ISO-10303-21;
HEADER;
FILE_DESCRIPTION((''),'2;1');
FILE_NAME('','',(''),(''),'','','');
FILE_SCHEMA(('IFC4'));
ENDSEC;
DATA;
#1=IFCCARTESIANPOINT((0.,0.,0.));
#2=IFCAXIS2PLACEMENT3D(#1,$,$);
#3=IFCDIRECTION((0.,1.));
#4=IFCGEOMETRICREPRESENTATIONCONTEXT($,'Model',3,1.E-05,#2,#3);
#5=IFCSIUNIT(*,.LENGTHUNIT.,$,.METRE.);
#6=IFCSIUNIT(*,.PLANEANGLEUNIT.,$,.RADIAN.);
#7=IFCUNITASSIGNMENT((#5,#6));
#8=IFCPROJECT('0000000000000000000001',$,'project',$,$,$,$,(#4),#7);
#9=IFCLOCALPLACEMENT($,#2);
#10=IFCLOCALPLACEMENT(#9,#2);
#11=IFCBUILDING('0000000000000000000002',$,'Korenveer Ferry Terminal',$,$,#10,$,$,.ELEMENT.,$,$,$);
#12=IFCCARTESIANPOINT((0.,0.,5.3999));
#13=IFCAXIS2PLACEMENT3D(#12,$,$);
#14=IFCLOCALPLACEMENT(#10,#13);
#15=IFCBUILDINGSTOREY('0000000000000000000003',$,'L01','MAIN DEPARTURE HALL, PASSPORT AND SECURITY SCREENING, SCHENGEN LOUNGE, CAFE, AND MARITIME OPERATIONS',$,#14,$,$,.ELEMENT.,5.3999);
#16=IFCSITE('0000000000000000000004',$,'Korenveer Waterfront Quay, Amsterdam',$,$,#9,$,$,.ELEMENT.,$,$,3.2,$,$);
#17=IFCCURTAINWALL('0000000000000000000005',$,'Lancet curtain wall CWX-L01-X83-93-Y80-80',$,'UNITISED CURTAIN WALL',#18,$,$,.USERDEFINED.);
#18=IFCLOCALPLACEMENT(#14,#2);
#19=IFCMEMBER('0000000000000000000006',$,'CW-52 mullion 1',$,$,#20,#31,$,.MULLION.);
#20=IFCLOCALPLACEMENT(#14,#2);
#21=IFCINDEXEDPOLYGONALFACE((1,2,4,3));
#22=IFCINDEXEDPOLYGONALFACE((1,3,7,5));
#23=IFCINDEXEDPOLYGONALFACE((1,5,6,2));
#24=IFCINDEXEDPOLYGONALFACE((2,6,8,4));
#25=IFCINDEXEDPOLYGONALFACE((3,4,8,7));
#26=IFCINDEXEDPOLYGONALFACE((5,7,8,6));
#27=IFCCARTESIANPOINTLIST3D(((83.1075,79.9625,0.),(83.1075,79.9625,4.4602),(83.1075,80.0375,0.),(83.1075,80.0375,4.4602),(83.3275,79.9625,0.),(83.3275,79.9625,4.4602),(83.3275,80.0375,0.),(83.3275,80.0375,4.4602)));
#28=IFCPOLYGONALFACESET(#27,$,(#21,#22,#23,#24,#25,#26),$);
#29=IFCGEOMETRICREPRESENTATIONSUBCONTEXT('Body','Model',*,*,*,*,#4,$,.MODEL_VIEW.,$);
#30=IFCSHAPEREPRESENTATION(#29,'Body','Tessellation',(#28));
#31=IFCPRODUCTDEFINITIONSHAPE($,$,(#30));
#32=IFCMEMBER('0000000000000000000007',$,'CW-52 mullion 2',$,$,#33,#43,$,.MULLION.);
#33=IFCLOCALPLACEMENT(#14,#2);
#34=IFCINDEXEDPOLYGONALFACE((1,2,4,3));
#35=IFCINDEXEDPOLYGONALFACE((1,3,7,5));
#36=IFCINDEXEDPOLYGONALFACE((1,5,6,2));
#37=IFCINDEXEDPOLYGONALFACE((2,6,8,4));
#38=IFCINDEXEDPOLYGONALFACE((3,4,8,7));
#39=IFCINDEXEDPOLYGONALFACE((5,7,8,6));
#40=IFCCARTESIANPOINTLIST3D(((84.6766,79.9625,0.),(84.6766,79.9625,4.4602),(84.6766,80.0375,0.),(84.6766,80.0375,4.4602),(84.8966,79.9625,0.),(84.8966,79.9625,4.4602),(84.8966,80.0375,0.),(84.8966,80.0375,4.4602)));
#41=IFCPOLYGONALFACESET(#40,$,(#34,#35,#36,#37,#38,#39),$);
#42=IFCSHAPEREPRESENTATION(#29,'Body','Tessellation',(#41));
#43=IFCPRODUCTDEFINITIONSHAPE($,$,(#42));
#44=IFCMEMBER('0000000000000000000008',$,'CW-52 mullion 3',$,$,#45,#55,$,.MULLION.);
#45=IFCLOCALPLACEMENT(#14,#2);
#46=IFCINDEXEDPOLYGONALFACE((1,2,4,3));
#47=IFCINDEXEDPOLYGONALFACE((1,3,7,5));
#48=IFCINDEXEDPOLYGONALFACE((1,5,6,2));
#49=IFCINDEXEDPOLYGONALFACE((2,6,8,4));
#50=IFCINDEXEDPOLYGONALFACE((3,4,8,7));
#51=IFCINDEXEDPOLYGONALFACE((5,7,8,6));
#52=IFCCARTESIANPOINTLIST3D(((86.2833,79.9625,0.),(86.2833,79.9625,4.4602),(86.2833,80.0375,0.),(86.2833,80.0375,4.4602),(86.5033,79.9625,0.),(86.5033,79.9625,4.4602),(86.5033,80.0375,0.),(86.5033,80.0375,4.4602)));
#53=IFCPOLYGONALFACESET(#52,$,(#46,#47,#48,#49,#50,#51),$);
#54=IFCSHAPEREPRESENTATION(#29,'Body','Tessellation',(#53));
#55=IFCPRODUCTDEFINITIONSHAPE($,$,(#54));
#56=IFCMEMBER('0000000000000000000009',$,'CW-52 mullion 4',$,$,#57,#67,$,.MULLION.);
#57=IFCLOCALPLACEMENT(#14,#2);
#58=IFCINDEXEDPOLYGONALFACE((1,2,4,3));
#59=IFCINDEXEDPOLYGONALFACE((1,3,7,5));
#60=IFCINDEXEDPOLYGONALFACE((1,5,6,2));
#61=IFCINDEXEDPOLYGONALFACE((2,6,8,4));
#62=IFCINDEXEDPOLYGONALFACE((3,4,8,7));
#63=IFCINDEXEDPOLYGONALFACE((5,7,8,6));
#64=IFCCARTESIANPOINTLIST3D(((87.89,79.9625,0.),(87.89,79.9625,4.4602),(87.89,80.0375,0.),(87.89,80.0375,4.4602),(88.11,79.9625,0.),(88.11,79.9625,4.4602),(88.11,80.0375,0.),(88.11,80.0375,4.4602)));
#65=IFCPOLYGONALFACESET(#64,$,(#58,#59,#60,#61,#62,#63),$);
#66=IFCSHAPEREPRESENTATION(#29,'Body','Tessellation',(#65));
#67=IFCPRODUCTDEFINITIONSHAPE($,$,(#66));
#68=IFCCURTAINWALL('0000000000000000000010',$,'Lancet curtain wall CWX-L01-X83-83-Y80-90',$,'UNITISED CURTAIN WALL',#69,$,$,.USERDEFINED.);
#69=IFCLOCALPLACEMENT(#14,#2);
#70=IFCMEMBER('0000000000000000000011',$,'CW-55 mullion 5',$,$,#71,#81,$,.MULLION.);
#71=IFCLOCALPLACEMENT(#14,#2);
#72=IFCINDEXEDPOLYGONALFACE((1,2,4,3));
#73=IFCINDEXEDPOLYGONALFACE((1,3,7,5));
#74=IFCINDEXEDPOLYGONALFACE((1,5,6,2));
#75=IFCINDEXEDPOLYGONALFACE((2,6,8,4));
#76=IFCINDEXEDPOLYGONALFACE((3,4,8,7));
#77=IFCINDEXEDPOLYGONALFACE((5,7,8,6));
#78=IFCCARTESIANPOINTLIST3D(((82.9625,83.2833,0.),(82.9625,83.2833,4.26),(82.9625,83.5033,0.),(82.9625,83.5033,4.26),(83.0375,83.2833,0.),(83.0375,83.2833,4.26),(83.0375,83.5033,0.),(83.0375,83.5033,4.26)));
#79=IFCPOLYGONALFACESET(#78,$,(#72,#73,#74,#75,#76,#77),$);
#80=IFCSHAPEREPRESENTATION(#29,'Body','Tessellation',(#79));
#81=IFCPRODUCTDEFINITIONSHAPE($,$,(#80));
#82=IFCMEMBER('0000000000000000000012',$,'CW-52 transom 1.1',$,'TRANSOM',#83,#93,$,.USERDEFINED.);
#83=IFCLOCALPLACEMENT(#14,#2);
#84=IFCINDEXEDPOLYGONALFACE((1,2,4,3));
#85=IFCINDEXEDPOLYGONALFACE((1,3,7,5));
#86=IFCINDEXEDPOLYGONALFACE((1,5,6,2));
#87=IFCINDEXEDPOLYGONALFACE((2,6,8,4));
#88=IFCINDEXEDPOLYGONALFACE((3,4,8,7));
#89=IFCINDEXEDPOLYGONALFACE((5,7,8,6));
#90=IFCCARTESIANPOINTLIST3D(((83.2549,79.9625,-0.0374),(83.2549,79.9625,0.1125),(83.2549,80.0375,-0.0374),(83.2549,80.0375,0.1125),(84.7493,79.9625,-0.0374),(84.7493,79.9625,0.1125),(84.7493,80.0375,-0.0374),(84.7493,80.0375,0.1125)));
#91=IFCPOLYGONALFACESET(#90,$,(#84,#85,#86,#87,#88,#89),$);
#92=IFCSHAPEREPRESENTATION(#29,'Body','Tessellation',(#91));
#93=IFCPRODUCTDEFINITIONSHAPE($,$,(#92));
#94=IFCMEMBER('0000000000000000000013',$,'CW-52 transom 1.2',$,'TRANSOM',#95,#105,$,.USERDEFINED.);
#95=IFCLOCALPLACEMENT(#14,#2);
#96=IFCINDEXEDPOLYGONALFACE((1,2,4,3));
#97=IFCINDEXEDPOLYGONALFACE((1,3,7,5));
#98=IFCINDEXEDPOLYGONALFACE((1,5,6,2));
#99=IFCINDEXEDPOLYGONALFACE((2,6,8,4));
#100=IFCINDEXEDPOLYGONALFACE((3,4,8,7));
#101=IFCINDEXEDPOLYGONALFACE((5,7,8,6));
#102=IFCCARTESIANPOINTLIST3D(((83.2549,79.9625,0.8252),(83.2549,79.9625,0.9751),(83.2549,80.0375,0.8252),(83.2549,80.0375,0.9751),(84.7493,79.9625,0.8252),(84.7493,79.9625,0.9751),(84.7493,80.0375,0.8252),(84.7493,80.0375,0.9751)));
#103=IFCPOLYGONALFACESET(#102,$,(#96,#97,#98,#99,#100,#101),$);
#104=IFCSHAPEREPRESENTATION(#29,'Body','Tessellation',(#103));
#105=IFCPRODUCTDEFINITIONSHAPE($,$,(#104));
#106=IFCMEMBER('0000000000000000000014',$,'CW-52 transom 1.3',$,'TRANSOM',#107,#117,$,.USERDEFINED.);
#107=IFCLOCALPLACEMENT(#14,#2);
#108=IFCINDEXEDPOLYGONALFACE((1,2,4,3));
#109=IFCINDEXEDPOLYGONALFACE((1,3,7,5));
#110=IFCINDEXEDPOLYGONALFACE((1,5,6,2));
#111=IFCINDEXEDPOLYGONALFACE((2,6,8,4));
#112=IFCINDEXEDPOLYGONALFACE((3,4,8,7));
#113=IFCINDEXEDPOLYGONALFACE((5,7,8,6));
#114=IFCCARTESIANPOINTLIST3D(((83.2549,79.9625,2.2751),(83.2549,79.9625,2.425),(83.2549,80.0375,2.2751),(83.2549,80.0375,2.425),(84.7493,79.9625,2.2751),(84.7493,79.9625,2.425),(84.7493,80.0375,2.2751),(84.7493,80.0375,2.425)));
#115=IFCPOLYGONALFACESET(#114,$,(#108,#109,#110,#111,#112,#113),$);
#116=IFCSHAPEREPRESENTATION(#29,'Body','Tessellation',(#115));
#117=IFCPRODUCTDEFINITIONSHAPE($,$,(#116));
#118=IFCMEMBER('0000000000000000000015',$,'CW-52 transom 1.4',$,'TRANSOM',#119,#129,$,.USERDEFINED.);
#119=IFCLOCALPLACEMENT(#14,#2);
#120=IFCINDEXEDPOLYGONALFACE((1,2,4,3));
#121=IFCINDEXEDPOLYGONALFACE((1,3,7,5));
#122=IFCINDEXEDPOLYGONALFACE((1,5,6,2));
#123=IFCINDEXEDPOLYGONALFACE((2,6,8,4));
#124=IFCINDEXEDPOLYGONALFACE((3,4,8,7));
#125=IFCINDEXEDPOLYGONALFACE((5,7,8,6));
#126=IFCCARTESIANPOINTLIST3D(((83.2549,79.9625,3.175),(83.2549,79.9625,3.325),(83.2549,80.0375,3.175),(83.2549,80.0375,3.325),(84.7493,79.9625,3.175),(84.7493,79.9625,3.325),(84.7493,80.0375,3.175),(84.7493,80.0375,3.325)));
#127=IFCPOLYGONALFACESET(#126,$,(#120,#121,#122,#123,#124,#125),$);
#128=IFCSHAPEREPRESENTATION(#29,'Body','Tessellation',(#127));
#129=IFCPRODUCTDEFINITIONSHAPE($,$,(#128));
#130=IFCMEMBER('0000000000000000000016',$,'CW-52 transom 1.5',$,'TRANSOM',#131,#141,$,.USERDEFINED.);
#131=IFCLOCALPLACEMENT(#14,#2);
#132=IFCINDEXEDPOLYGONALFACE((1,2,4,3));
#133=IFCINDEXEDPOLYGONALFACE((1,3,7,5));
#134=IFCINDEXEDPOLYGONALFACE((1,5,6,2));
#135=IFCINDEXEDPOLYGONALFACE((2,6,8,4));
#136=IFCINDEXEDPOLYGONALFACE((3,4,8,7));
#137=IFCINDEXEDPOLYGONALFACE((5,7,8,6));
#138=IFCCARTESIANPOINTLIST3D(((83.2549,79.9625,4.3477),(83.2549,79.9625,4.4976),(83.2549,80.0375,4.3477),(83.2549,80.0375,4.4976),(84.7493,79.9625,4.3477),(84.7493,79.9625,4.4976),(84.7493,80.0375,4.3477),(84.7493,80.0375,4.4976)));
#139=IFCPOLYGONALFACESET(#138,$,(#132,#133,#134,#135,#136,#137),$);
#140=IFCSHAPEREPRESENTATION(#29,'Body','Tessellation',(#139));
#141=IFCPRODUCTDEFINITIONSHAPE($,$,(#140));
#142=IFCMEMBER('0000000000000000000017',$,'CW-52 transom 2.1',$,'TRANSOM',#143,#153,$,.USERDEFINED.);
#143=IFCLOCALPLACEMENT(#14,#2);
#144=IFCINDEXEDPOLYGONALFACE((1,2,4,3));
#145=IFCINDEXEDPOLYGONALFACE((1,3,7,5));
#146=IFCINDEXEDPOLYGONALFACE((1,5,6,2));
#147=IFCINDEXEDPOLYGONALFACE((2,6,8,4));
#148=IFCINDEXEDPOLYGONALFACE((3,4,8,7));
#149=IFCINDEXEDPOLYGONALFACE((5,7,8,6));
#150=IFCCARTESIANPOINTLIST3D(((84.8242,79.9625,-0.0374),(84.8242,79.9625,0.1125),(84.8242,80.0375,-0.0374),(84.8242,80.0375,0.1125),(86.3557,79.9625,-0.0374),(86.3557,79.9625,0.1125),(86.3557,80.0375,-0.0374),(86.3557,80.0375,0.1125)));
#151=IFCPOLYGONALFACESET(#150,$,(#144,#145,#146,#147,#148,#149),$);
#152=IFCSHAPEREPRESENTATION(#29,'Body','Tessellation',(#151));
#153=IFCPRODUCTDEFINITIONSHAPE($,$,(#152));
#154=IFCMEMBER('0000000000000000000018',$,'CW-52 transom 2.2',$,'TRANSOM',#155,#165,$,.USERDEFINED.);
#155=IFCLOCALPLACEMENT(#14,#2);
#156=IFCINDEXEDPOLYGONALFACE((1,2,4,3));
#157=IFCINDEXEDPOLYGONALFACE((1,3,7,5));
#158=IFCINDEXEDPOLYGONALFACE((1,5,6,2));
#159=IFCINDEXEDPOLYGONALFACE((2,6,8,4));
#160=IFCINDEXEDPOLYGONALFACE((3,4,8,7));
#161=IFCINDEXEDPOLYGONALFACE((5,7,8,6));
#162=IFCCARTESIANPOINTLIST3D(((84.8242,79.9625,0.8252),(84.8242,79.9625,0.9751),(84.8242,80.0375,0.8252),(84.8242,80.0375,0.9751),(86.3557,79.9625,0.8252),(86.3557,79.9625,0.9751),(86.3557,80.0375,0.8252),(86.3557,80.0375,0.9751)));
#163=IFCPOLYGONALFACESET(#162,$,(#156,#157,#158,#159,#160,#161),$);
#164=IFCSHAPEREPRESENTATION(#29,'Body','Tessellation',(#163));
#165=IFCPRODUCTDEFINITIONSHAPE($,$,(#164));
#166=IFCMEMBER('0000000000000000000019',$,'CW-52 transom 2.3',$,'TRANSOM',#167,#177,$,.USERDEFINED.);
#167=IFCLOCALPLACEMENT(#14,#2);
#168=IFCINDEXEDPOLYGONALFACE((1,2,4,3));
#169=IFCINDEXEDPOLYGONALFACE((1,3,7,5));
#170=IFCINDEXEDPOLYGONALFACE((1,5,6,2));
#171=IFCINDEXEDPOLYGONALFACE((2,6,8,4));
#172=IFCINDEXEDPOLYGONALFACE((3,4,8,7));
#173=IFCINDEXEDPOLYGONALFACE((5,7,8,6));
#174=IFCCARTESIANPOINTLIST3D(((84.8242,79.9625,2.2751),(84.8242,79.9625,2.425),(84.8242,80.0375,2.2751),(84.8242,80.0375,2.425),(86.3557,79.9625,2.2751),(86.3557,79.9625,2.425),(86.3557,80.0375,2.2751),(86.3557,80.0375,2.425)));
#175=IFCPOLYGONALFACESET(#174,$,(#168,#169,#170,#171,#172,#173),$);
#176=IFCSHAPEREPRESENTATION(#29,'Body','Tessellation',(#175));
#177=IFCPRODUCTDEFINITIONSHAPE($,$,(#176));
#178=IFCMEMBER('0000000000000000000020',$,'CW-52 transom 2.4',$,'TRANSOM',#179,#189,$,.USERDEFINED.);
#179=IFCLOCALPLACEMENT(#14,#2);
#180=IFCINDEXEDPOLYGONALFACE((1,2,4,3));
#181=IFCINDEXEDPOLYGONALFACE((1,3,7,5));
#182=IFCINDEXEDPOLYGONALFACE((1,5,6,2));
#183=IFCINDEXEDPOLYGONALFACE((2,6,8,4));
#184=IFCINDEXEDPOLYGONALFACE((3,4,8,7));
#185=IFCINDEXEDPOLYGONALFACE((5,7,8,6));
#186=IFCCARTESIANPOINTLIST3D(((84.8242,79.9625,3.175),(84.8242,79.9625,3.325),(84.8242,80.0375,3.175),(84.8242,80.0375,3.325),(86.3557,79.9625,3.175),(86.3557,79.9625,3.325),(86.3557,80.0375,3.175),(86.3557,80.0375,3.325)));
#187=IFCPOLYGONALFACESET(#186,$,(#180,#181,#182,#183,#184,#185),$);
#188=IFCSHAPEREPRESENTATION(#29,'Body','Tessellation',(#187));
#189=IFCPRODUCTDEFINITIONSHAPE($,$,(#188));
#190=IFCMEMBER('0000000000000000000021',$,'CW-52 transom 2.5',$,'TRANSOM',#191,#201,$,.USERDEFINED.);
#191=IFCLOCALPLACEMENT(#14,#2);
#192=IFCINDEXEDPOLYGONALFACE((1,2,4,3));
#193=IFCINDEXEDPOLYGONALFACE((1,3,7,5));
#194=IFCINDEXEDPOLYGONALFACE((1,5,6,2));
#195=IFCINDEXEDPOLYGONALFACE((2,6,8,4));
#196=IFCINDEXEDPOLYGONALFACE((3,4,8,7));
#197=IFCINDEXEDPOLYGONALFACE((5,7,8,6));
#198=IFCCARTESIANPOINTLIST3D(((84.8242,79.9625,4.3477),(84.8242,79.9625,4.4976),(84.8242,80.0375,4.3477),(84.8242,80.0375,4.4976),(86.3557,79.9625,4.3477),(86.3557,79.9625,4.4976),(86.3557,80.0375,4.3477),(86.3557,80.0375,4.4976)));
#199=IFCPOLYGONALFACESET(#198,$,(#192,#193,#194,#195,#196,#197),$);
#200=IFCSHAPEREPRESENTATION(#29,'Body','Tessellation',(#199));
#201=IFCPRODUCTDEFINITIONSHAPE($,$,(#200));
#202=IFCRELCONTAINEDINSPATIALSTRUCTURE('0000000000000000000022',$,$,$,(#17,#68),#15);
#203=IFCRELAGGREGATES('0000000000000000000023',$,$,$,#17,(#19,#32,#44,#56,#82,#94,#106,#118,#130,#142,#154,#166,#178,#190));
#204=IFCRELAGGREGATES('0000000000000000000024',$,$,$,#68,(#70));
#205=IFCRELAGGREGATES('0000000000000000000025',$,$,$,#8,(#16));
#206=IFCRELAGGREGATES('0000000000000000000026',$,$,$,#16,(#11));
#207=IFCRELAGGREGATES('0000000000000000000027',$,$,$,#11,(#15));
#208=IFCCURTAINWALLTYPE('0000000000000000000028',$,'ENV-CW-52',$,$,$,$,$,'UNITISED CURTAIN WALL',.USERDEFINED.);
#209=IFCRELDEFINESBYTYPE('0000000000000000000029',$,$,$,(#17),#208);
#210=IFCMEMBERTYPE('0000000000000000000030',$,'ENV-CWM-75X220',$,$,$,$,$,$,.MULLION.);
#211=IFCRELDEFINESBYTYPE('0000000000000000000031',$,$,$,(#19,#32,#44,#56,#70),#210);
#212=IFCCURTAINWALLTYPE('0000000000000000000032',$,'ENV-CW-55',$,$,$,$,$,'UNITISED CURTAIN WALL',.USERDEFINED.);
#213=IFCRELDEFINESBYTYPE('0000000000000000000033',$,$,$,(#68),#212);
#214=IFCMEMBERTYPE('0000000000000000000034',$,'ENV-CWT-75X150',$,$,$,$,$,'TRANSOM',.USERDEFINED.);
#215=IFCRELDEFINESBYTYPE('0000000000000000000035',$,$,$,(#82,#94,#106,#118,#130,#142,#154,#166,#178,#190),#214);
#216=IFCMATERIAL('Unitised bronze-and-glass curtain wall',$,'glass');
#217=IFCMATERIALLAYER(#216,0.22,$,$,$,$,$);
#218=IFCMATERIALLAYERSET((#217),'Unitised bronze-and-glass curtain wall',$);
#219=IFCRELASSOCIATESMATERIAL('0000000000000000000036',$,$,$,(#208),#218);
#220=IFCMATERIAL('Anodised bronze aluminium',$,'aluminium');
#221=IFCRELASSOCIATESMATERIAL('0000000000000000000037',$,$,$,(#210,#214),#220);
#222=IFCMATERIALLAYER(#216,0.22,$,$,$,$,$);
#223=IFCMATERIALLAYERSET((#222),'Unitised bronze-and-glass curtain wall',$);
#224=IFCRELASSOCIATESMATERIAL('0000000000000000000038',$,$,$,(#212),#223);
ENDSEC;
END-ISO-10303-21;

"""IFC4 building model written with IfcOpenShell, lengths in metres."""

from ifc_helpers import new_model, si_unit, direction, frame, origin, origin_2d, place, context, subcontext, project, spatial, rectangle, extrude, material, layer, layer_set, material_profile, profile_set, type_object, element, aggregate, save


model = new_model("IFC4")

# Units and contexts
model_context = context("Model", 3, precision=1e-05, world=origin(), true_north=direction((0.0, 1.0)))
body_context = subcontext(model_context, "Body", "Model", "MODEL_VIEW")
ifc_project = project(units=[si_unit("LENGTHUNIT", "METRE"), si_unit("PLANEANGLEUNIT", "RADIAN")], contexts=[model_context])

# Site, building, storey
site_placement = place(None, origin())
site = spatial("IfcSite", under=ifc_project, at=site_placement, Name="Korenveer Waterfront Quay, Amsterdam", CompositionType="ELEMENT", RefElevation=3.2)
building_placement = place(site_placement, origin())
building = spatial("IfcBuilding", under=site, at=building_placement, Name="Korenveer Ferry Terminal", CompositionType="ELEMENT")
storey_placement = place(building_placement, frame((0.0, 0.0, 5.3999)))
storey = spatial("IfcBuildingStorey", under=building, at=storey_placement, Name="L01", Description="MAIN DEPARTURE HALL, PASSPORT AND SECURITY SCREENING, SCHENGEN LOUNGE, CAFE, AND MARITIME OPERATIONS", CompositionType="ELEMENT", Elevation=5.3999)

# Curtain wall, members
ifc_material_1 = material(Name="Unitised bronze-and-glass curtain wall", Category="glass")
ifc_layer_1 = layer(ifc_material_1, 0.22)
ifc_layer_set_1 = layer_set([ifc_layer_1], Name="Unitised bronze-and-glass curtain wall")
curtain_wall_type_1 = type_object("IfcCurtainWallType", Name="ENV-CW-52", ElementType="UNITISED CURTAIN WALL", PredefinedType="USERDEFINED", material=ifc_layer_set_1)
curtain_wall_1_placement = place(storey_placement, frame((83.1799, 80.0, 0.0)))
curtain_wall_1 = element("IfcCurtainWall", 1, at=curtain_wall_1_placement, inside=storey, type_object=curtain_wall_type_1, Name="Lancet curtain wall CWX-L01-X83-93-Y80-80", ObjectType="UNITISED CURTAIN WALL", PredefinedType="USERDEFINED")
ifc_material_2 = material(Name="Anodised bronze aluminium", Category="aluminium")
ifc_material_profile_1 = material_profile(ifc_material_2, rectangle(XDim=0.075, YDim=0.22, at=origin_2d()), Name="ALU 75x220")
ifc_profile_set_1 = profile_set([ifc_material_profile_1], Name="Anodised bronze aluminium")
member_type_1 = type_object("IfcMemberType", Name="ENV-CWM-75X220", PredefinedType="MULLION", material=ifc_profile_set_1)
member_1_placement = place(storey_placement, frame((83.2175, 80.0, 0.0), z_axis=(0.0, 0.0, 1.0), x_axis=(0.0, 1.0, 0.0)))
member_1 = element("IfcMember", 2, at=member_1_placement, type_object=member_type_1, Name="CW-52 mullion 1", PredefinedType="MULLION", context=body_context, shape_type="SweptSolid", body=[
    extrude(rectangle(XDim=0.075, YDim=0.22, at=origin_2d()), origin(), (0.0, 0.0, 1.0), 4.4602),
])
member_2_placement = place(storey_placement, frame((84.7866, 80.0, 0.0), z_axis=(0.0, 0.0, 1.0), x_axis=(0.0, 1.0, 0.0)))
member_2 = element("IfcMember", 3, at=member_2_placement, type_object=member_type_1, Name="CW-52 mullion 2", PredefinedType="MULLION", context=body_context, shape_type="SweptSolid", body=[
    extrude(rectangle(XDim=0.075, YDim=0.22, at=origin_2d()), origin(), (0.0, 0.0, 1.0), 4.4602),
])
member_3_placement = place(storey_placement, frame((86.3933, 80.0, 0.0), z_axis=(0.0, 0.0, 1.0), x_axis=(0.0, 1.0, 0.0)))
member_3 = element("IfcMember", 4, at=member_3_placement, type_object=member_type_1, Name="CW-52 mullion 3", PredefinedType="MULLION", context=body_context, shape_type="SweptSolid", body=[
    extrude(rectangle(XDim=0.075, YDim=0.22, at=origin_2d()), origin(), (0.0, 0.0, 1.0), 4.4602),
])
member_4_placement = place(storey_placement, frame((88.0, 80.0, 0.0), z_axis=(0.0, 0.0, 1.0), x_axis=(0.0, 1.0, 0.0)))
member_4 = element("IfcMember", 5, at=member_4_placement, type_object=member_type_1, Name="CW-52 mullion 4", PredefinedType="MULLION", context=body_context, shape_type="SweptSolid", body=[
    extrude(rectangle(XDim=0.075, YDim=0.22, at=origin_2d()), origin(), (0.0, 0.0, 1.0), 4.4602),
])

# Curtain wall, member
ifc_layer_2 = layer(ifc_material_1, 0.22)
ifc_layer_set_2 = layer_set([ifc_layer_2], Name="Unitised bronze-and-glass curtain wall")
curtain_wall_type_2 = type_object("IfcCurtainWallType", Name="ENV-CW-55", ElementType="UNITISED CURTAIN WALL", PredefinedType="USERDEFINED", material=ifc_layer_set_2)
curtain_wall_2_placement = place(storey_placement, frame((83.0, 89.8201, 0.0)))
curtain_wall_2 = element("IfcCurtainWall", 6, at=curtain_wall_2_placement, inside=storey, type_object=curtain_wall_type_2, Name="Lancet curtain wall CWX-L01-X83-83-Y80-90", ObjectType="UNITISED CURTAIN WALL", PredefinedType="USERDEFINED")
member_5_placement = place(storey_placement, frame((83.0, 83.3933, 0.0), z_axis=(0.0, 0.0, 1.0), x_axis=(1.0, 0.0, 0.0)))
member_5 = element("IfcMember", 7, at=member_5_placement, type_object=member_type_1, Name="CW-55 mullion 5", PredefinedType="MULLION", context=body_context, shape_type="SweptSolid", body=[
    extrude(rectangle(XDim=0.075, YDim=0.22, at=origin_2d()), origin(), (0.0, 0.0, 1.0), 4.26),
])

# Members
ifc_material_profile_2 = material_profile(ifc_material_2, rectangle(XDim=0.075, YDim=0.1499, at=origin_2d()), Name="ALU 75x150")
ifc_profile_set_2 = profile_set([ifc_material_profile_2], Name="Anodised bronze aluminium")
member_type_2 = type_object("IfcMemberType", Name="ENV-CWT-75X150", ElementType="TRANSOM", PredefinedType="USERDEFINED", material=ifc_profile_set_2)
member_6_placement = place(storey_placement, frame((83.2549, 80.0, 0.0376), z_axis=(1.0, 0.0, 0.0), x_axis=(0.0, 1.0, 0.0)))
member_6 = element("IfcMember", 8, at=member_6_placement, type_object=member_type_2, Name="CW-52 transom 1.1", ObjectType="TRANSOM", PredefinedType="USERDEFINED", context=body_context, shape_type="SweptSolid", body=[
    extrude(rectangle(XDim=0.075, YDim=0.1499, at=origin_2d()), origin(), (0.0, 0.0, 1.0), 1.4944),
])
member_7_placement = place(storey_placement, frame((83.2549, 80.0, 0.9001), z_axis=(1.0, 0.0, 0.0), x_axis=(0.0, 1.0, 0.0)))
member_7 = element("IfcMember", 9, at=member_7_placement, type_object=member_type_2, Name="CW-52 transom 1.2", ObjectType="TRANSOM", PredefinedType="USERDEFINED", context=body_context, shape_type="SweptSolid", body=[
    extrude(rectangle(XDim=0.075, YDim=0.1499, at=origin_2d()), origin(), (0.0, 0.0, 1.0), 1.4944),
])
member_8_placement = place(storey_placement, frame((83.2549, 80.0, 2.3501), z_axis=(1.0, 0.0, 0.0), x_axis=(0.0, 1.0, 0.0)))
member_8 = element("IfcMember", 10, at=member_8_placement, type_object=member_type_2, Name="CW-52 transom 1.3", ObjectType="TRANSOM", PredefinedType="USERDEFINED", context=body_context, shape_type="SweptSolid", body=[
    extrude(rectangle(XDim=0.075, YDim=0.1499, at=origin_2d()), origin(), (0.0, 0.0, 1.0), 1.4944),
])
member_9_placement = place(storey_placement, frame((83.2549, 80.0, 3.25), z_axis=(1.0, 0.0, 0.0), x_axis=(0.0, 1.0, 0.0)))
member_9 = element("IfcMember", 11, at=member_9_placement, type_object=member_type_2, Name="CW-52 transom 1.4", ObjectType="TRANSOM", PredefinedType="USERDEFINED", context=body_context, shape_type="SweptSolid", body=[
    extrude(rectangle(XDim=0.075, YDim=0.1499, at=origin_2d()), origin(), (0.0, 0.0, 1.0), 1.4944),
])
member_10_placement = place(storey_placement, frame((83.2549, 80.0, 4.4226), z_axis=(1.0, 0.0, 0.0), x_axis=(0.0, 1.0, 0.0)))
member_10 = element("IfcMember", 12, at=member_10_placement, type_object=member_type_2, Name="CW-52 transom 1.5", ObjectType="TRANSOM", PredefinedType="USERDEFINED", context=body_context, shape_type="SweptSolid", body=[
    extrude(rectangle(XDim=0.075, YDim=0.1499, at=origin_2d()), origin(), (0.0, 0.0, 1.0), 1.4944),
])
member_11_placement = place(storey_placement, frame((84.8242, 80.0, 0.0376), z_axis=(1.0, 0.0, 0.0), x_axis=(0.0, 1.0, 0.0)))
member_11 = element("IfcMember", 13, at=member_11_placement, type_object=member_type_2, Name="CW-52 transom 2.1", ObjectType="TRANSOM", PredefinedType="USERDEFINED", context=body_context, shape_type="SweptSolid", body=[
    extrude(rectangle(XDim=0.075, YDim=0.1499, at=origin_2d()), origin(), (0.0, 0.0, 1.0), 1.5315),
])
member_12_placement = place(storey_placement, frame((84.8242, 80.0, 0.9001), z_axis=(1.0, 0.0, 0.0), x_axis=(0.0, 1.0, 0.0)))
member_12 = element("IfcMember", 14, at=member_12_placement, type_object=member_type_2, Name="CW-52 transom 2.2", ObjectType="TRANSOM", PredefinedType="USERDEFINED", context=body_context, shape_type="SweptSolid", body=[
    extrude(rectangle(XDim=0.075, YDim=0.1499, at=origin_2d()), origin(), (0.0, 0.0, 1.0), 1.5315),
])
member_13_placement = place(storey_placement, frame((84.8242, 80.0, 2.3501), z_axis=(1.0, 0.0, 0.0), x_axis=(0.0, 1.0, 0.0)))
member_13 = element("IfcMember", 15, at=member_13_placement, type_object=member_type_2, Name="CW-52 transom 2.3", ObjectType="TRANSOM", PredefinedType="USERDEFINED", context=body_context, shape_type="SweptSolid", body=[
    extrude(rectangle(XDim=0.075, YDim=0.1499, at=origin_2d()), origin(), (0.0, 0.0, 1.0), 1.5315),
])
member_14_placement = place(storey_placement, frame((84.8242, 80.0, 3.25), z_axis=(1.0, 0.0, 0.0), x_axis=(0.0, 1.0, 0.0)))
member_14 = element("IfcMember", 16, at=member_14_placement, type_object=member_type_2, Name="CW-52 transom 2.4", ObjectType="TRANSOM", PredefinedType="USERDEFINED", context=body_context, shape_type="SweptSolid", body=[
    extrude(rectangle(XDim=0.075, YDim=0.1499, at=origin_2d()), origin(), (0.0, 0.0, 1.0), 1.5315),
])
member_15_placement = place(storey_placement, frame((84.8242, 80.0, 4.4226), z_axis=(1.0, 0.0, 0.0), x_axis=(0.0, 1.0, 0.0)))
member_15 = element("IfcMember", 17, at=member_15_placement, type_object=member_type_2, Name="CW-52 transom 2.5", ObjectType="TRANSOM", PredefinedType="USERDEFINED", context=body_context, shape_type="SweptSolid", body=[
    extrude(rectangle(XDim=0.075, YDim=0.1499, at=origin_2d()), origin(), (0.0, 0.0, 1.0), 1.5315),
])

aggregate(curtain_wall_1, [member_1, member_2, member_3, member_4, member_6, member_7, member_8, member_9, member_10, member_11, member_12, member_13, member_14, member_15])
aggregate(curtain_wall_2, [member_5])

save(model, "model.ifc")
